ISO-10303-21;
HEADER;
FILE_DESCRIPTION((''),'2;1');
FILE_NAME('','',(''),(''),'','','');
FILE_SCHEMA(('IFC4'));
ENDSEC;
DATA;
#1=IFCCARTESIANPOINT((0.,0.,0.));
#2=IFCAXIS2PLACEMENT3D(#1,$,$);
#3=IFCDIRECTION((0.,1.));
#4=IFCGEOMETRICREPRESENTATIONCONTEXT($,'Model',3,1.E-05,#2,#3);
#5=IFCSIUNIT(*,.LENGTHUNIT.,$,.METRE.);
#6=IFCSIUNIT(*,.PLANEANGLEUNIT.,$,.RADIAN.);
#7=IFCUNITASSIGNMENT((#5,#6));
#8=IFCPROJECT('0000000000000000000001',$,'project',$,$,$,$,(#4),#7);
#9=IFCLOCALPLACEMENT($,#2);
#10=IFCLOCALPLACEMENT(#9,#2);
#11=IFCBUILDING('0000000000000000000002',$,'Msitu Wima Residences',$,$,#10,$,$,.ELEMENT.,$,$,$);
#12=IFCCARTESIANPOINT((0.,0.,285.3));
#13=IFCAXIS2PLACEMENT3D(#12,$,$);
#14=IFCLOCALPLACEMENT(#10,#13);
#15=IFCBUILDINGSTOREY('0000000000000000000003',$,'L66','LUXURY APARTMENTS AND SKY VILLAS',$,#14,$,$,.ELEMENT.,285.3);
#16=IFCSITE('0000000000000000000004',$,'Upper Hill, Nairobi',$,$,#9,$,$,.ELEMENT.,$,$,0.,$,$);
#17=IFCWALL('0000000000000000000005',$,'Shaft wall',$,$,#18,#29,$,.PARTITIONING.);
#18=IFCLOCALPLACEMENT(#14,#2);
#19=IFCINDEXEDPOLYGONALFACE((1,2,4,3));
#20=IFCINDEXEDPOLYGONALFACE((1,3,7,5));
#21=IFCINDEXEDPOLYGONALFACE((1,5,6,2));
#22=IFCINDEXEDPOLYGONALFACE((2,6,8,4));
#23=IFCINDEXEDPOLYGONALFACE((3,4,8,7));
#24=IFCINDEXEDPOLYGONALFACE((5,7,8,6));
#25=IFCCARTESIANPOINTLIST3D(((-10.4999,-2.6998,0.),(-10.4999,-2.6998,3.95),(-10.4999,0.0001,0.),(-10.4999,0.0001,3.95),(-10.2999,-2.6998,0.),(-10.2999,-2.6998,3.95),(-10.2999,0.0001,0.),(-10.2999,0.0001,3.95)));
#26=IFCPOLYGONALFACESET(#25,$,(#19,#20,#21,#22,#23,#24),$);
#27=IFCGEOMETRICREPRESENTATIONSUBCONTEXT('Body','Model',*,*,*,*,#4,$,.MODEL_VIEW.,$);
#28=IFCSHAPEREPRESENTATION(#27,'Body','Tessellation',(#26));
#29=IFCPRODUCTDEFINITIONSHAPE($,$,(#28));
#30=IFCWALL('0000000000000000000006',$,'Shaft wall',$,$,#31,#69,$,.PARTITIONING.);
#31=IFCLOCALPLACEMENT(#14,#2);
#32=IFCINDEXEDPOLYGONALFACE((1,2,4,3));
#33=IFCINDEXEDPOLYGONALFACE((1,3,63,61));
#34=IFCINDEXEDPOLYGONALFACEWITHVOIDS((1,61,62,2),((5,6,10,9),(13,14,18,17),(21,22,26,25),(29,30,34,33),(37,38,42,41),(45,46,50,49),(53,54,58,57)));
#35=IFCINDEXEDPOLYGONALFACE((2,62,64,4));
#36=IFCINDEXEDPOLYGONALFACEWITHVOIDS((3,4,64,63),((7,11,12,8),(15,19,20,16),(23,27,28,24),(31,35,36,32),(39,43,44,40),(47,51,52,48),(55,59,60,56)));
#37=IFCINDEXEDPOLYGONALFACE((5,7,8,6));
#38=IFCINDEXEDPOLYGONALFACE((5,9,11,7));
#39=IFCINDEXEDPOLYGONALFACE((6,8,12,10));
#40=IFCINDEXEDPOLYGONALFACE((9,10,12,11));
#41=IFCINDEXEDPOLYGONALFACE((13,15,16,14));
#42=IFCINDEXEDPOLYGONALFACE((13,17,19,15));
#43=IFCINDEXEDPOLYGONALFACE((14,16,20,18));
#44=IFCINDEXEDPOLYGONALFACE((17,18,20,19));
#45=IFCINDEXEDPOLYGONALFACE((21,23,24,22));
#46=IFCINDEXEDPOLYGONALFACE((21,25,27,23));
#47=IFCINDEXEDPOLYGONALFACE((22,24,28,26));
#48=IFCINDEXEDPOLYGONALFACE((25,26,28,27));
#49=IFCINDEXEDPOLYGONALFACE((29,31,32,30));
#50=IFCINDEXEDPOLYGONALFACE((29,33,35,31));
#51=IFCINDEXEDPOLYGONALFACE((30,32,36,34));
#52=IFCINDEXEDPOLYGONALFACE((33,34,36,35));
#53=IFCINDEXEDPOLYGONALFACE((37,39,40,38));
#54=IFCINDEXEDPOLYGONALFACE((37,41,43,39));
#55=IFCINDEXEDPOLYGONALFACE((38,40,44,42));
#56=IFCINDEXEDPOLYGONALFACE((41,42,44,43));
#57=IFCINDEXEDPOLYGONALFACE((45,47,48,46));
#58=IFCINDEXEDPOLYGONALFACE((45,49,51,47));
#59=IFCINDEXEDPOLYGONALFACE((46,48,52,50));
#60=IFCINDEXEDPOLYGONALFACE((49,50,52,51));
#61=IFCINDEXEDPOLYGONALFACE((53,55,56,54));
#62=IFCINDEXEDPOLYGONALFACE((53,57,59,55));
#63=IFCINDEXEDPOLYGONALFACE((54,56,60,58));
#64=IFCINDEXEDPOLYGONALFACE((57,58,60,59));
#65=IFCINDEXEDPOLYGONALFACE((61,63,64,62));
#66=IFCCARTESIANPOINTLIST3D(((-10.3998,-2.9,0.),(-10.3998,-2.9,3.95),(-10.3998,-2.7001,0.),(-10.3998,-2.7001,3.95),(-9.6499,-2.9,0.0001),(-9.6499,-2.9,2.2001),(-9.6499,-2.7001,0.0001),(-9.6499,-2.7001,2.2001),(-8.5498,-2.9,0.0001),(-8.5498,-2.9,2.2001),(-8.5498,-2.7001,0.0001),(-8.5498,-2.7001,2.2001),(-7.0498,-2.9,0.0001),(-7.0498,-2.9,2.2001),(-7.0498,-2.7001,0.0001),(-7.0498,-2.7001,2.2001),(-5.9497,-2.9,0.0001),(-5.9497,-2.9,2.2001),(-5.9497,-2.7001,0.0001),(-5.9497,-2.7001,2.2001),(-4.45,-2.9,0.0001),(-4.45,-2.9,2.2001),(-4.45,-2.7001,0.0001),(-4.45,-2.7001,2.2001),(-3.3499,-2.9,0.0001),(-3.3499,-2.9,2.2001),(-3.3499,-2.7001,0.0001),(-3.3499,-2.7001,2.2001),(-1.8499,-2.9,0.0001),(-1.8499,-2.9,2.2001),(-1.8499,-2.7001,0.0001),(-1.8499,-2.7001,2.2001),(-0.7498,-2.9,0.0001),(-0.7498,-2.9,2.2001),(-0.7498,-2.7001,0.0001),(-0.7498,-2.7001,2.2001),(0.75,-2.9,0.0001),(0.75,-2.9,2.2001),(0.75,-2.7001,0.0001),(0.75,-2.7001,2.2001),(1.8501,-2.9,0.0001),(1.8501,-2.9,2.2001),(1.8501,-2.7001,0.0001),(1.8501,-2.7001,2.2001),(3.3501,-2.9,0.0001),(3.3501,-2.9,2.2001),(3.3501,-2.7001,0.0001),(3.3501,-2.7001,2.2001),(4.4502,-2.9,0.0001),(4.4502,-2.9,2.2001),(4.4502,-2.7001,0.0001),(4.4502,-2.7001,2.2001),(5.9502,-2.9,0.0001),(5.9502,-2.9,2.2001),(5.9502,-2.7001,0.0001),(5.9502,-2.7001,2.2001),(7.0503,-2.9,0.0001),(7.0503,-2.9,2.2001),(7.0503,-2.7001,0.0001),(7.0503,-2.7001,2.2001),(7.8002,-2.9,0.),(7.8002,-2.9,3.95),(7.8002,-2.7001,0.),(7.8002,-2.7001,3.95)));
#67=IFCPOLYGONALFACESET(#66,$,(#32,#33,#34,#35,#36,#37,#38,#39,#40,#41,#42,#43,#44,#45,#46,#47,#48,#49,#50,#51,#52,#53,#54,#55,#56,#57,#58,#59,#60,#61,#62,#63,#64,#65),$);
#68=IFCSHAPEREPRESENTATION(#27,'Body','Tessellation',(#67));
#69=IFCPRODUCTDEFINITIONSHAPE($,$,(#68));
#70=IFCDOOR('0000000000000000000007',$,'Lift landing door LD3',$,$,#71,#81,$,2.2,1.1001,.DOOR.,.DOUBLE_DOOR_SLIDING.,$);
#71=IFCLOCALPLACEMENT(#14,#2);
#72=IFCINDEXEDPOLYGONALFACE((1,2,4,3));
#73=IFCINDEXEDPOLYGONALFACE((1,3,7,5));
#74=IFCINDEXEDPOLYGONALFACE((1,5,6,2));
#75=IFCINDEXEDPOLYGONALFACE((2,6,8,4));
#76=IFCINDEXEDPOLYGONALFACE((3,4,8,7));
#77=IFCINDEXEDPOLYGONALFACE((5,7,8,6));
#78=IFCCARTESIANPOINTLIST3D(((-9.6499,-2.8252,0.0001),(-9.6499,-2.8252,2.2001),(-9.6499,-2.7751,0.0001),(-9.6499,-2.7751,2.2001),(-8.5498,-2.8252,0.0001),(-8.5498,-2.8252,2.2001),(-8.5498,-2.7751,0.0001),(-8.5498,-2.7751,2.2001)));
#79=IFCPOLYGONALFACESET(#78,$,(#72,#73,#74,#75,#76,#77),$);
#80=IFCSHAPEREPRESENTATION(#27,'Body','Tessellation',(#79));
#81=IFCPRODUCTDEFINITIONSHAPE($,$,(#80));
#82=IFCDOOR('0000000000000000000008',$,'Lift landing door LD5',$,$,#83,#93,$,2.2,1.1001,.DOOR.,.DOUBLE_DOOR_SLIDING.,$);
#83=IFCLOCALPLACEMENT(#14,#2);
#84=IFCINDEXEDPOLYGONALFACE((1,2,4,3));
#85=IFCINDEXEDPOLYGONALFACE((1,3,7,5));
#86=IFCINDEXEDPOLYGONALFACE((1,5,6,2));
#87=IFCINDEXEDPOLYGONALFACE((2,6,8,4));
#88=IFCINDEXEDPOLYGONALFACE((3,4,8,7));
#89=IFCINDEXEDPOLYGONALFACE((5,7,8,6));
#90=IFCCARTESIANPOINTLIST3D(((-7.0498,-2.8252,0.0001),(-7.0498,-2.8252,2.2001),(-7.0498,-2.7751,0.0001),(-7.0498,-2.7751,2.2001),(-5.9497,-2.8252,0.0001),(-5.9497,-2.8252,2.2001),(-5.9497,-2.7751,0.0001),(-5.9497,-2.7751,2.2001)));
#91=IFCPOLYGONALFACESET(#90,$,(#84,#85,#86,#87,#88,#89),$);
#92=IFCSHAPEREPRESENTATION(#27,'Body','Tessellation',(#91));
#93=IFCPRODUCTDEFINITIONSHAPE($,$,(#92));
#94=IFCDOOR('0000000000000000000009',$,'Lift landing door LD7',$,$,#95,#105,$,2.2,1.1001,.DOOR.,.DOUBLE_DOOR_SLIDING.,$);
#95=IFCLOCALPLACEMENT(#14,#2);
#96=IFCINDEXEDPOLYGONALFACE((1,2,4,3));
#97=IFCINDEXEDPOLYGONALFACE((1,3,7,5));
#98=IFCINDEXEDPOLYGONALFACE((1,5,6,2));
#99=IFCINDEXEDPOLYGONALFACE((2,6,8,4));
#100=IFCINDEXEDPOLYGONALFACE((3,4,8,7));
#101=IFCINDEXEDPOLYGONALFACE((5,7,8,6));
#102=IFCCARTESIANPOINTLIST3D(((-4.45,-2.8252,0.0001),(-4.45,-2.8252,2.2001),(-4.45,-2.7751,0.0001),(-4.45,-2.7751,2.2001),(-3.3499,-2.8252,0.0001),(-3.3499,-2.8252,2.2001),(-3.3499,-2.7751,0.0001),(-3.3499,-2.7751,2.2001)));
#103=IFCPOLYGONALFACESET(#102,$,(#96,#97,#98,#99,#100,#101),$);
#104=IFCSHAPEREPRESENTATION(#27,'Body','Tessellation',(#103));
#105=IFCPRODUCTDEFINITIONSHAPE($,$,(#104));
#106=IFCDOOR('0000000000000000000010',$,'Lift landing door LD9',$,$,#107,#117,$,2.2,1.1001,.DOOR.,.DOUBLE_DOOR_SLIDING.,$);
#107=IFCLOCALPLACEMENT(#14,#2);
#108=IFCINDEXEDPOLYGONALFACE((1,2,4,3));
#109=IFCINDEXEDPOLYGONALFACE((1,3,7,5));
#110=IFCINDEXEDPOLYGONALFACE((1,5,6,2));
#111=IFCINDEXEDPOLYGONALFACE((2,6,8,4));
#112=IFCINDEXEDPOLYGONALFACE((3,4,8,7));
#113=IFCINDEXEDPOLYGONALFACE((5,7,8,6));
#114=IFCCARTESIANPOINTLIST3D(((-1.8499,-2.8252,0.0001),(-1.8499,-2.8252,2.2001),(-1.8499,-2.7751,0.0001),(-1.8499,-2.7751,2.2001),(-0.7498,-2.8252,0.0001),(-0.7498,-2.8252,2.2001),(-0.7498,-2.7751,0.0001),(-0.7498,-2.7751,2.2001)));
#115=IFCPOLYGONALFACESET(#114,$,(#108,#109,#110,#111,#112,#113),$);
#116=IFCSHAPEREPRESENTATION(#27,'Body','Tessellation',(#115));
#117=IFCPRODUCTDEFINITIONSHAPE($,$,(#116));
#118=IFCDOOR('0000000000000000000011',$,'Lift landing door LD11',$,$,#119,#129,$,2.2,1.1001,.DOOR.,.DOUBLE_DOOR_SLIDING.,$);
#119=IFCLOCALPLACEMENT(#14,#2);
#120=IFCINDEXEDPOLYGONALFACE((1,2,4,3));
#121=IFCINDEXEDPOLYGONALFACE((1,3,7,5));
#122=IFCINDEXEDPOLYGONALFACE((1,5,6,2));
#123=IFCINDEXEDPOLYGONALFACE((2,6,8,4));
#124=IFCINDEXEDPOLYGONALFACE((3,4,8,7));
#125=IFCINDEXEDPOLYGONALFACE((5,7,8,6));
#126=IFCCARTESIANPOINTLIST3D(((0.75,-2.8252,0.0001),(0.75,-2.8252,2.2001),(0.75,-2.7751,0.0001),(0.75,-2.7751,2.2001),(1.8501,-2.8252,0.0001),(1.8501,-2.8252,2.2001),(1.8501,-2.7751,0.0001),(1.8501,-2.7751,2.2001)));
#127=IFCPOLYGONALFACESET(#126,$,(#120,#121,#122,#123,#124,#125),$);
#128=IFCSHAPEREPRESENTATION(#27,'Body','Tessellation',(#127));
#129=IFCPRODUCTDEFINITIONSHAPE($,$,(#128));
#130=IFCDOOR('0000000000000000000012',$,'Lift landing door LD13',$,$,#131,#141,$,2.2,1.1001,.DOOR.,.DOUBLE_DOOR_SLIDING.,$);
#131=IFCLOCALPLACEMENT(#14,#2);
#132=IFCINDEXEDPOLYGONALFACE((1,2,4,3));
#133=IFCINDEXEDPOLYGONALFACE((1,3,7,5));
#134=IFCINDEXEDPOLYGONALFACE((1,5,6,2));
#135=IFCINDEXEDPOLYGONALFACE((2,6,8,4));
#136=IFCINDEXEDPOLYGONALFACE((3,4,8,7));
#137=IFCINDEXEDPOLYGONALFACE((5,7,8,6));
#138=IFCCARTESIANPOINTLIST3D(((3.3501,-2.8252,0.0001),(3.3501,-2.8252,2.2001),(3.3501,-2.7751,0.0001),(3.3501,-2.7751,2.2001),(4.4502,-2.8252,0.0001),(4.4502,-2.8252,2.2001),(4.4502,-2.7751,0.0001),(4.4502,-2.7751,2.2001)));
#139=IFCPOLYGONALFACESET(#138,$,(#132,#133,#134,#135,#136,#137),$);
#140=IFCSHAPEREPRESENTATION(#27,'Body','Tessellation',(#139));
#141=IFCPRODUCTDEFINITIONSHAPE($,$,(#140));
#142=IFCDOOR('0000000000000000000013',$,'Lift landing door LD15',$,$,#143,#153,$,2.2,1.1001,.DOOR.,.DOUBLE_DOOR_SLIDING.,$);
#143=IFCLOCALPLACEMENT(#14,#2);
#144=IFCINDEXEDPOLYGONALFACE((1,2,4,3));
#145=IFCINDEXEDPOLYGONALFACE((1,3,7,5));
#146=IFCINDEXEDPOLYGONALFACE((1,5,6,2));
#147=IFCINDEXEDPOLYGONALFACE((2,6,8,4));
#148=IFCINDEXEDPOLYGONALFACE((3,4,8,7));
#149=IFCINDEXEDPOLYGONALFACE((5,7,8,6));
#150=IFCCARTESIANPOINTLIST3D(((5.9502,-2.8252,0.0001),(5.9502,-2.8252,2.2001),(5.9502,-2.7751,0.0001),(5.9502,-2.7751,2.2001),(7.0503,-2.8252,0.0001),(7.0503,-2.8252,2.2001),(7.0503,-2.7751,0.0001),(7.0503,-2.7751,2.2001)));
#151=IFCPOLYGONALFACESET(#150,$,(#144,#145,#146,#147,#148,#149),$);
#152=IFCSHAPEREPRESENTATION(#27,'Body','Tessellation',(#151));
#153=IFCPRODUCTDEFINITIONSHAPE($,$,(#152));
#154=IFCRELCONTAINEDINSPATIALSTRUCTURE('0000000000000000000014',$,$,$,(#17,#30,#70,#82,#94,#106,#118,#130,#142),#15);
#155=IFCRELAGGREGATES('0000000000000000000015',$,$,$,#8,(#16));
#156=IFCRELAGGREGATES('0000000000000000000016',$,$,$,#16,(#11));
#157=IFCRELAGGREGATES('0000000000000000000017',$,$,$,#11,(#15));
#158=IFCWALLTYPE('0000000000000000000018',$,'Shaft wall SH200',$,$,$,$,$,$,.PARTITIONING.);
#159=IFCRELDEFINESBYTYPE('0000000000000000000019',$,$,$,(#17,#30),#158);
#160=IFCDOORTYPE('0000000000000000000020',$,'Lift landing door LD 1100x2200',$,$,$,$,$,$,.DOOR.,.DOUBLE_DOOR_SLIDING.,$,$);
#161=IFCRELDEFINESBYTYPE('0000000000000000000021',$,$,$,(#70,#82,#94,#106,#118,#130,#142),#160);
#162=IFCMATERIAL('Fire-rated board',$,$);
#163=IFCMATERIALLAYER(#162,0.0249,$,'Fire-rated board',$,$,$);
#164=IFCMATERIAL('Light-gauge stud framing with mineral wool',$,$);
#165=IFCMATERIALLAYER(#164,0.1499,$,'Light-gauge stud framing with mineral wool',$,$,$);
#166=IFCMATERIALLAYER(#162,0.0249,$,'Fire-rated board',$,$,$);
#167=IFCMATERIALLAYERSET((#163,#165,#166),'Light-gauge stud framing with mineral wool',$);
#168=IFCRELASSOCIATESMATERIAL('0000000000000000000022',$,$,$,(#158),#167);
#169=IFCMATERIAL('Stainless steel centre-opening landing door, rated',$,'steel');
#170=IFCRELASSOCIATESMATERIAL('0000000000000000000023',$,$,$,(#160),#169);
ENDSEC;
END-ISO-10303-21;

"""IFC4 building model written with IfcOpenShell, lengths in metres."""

from ifc_helpers import new_model, si_unit, direction, frame, frame_2d, origin, place, context, subcontext, project, spatial, rectangle, extrude, material, layer, layer_set, type_object, element, fill, save


model = new_model("IFC4")

# Units and contexts
model_context = context("Model", 3, precision=1e-05, world=origin(), true_north=direction((0.0, 1.0)))
body_context = subcontext(model_context, "Body", "Model", "MODEL_VIEW")
ifc_project = project(units=[si_unit("LENGTHUNIT", "METRE"), si_unit("PLANEANGLEUNIT", "RADIAN")], contexts=[model_context])

# Site, building, storey
site_placement = place(None, origin())
site = spatial("IfcSite", under=ifc_project, at=site_placement, Name="Upper Hill, Nairobi", CompositionType="ELEMENT", RefElevation=0.0)
building_placement = place(site_placement, origin())
building = spatial("IfcBuilding", under=site, at=building_placement, Name="Msitu Wima Residences", CompositionType="ELEMENT")
storey_placement = place(building_placement, frame((0.0, 0.0, 285.3)))
storey = spatial("IfcBuildingStorey", under=building, at=storey_placement, Name="L66", Description="LUXURY APARTMENTS AND SKY VILLAS", CompositionType="ELEMENT", Elevation=285.3)

# Wall
ifc_material_1 = material(Name="Fire-rated board")
ifc_layer_1 = layer(ifc_material_1, 0.0249, Name="Fire-rated board")
ifc_material_2 = material(Name="Light-gauge stud framing with mineral wool")
ifc_layer_2 = layer(ifc_material_2, 0.1499, Name="Light-gauge stud framing with mineral wool")
ifc_layer_3 = layer(ifc_material_1, 0.0249, Name="Fire-rated board")
ifc_layer_set = layer_set([ifc_layer_1, ifc_layer_2, ifc_layer_3], Name="Light-gauge stud framing with mineral wool")
wall_type = type_object("IfcWallType", Name="Shaft wall SH200", PredefinedType="PARTITIONING", material=ifc_layer_set)
wall_1_placement = place(storey_placement, frame((-10.3999, -2.7, 0.0), z_axis=(0.0, 0.0, 1.0), x_axis=(0.0, 1.0, 0.0)))
element("IfcWall", 1, at=wall_1_placement, inside=storey, type_object=wall_type, Name="Shaft wall", PredefinedType="PARTITIONING", context=body_context, shape_type="SweptSolid", body=[
    extrude(rectangle(XDim=2.7, YDim=0.2, at=frame_2d((1.3501, 0.0))), origin(), (0.0, 0.0, 1.0), 3.95),
])

# Wall, openings, doors
wall_2_placement = place(storey_placement, frame((-10.3999, -2.8, 0.0), z_axis=(0.0, 0.0, 1.0), x_axis=(1.0, 0.0, 0.0)))
wall_2 = element("IfcWall", 2, at=wall_2_placement, inside=storey, type_object=wall_type, Name="Shaft wall", PredefinedType="PARTITIONING", context=body_context, shape_type="SweptSolid", body=[
    extrude(rectangle(XDim=18.2, YDim=0.2, at=frame_2d((9.1001, 0.0))), origin(), (0.0, 0.0, 1.0), 3.95),
])
opening_1_placement = place(wall_2_placement, frame((0.75, 0.0, 0.0)))
opening_1 = element("IfcOpeningElement", 3, at=opening_1_placement, cuts=wall_2, PredefinedType="OPENING", context=body_context, shape_type="SweptSolid", body=[
    extrude(rectangle(XDim=1.1001, YDim=2.2, at=frame_2d((0.55, 1.1001))), frame((0.0, 0.1099, 0.0), z_axis=(0.0, -1.0, 0.0), x_axis=(1.0, 0.0, 0.0)), (0.0, 0.0, 1.0), 0.22),
])
opening_2_placement = place(wall_2_placement, frame((3.3501, 0.0, 0.0)))
opening_2 = element("IfcOpeningElement", 4, at=opening_2_placement, cuts=wall_2, PredefinedType="OPENING", context=body_context, shape_type="SweptSolid", body=[
    extrude(rectangle(XDim=1.1001, YDim=2.2, at=frame_2d((0.55, 1.1001))), frame((0.0, 0.1099, 0.0), z_axis=(0.0, -1.0, 0.0), x_axis=(1.0, 0.0, 0.0)), (0.0, 0.0, 1.0), 0.22),
])
opening_3_placement = place(wall_2_placement, frame((5.95, 0.0, 0.0)))
opening_3 = element("IfcOpeningElement", 5, at=opening_3_placement, cuts=wall_2, PredefinedType="OPENING", context=body_context, shape_type="SweptSolid", body=[
    extrude(rectangle(XDim=1.1001, YDim=2.2, at=frame_2d((0.55, 1.1001))), frame((0.0, 0.1099, 0.0), z_axis=(0.0, -1.0, 0.0), x_axis=(1.0, 0.0, 0.0)), (0.0, 0.0, 1.0), 0.22),
])
opening_4_placement = place(wall_2_placement, frame((8.55, 0.0, 0.0)))
opening_4 = element("IfcOpeningElement", 6, at=opening_4_placement, cuts=wall_2, PredefinedType="OPENING", context=body_context, shape_type="SweptSolid", body=[
    extrude(rectangle(XDim=1.1001, YDim=2.2, at=frame_2d((0.55, 1.1001))), frame((0.0, 0.1099, 0.0), z_axis=(0.0, -1.0, 0.0), x_axis=(1.0, 0.0, 0.0)), (0.0, 0.0, 1.0), 0.22),
])
opening_5_placement = place(wall_2_placement, frame((11.1499, 0.0, 0.0)))
opening_5 = element("IfcOpeningElement", 7, at=opening_5_placement, cuts=wall_2, PredefinedType="OPENING", context=body_context, shape_type="SweptSolid", body=[
    extrude(rectangle(XDim=1.1001, YDim=2.2, at=frame_2d((0.55, 1.1001))), frame((0.0, 0.1099, 0.0), z_axis=(0.0, -1.0, 0.0), x_axis=(1.0, 0.0, 0.0)), (0.0, 0.0, 1.0), 0.22),
])
opening_6_placement = place(wall_2_placement, frame((13.75, 0.0, 0.0)))
opening_6 = element("IfcOpeningElement", 8, at=opening_6_placement, cuts=wall_2, PredefinedType="OPENING", context=body_context, shape_type="SweptSolid", body=[
    extrude(rectangle(XDim=1.1001, YDim=2.2, at=frame_2d((0.55, 1.1001))), frame((0.0, 0.1099, 0.0), z_axis=(0.0, -1.0, 0.0), x_axis=(1.0, 0.0, 0.0)), (0.0, 0.0, 1.0), 0.22),
])
opening_7_placement = place(wall_2_placement, frame((16.3501, 0.0, 0.0)))
opening_7 = element("IfcOpeningElement", 9, at=opening_7_placement, cuts=wall_2, PredefinedType="OPENING", context=body_context, shape_type="SweptSolid", body=[
    extrude(rectangle(XDim=1.1001, YDim=2.2, at=frame_2d((0.55, 1.1001))), frame((0.0, 0.1099, 0.0), z_axis=(0.0, -1.0, 0.0), x_axis=(1.0, 0.0, 0.0)), (0.0, 0.0, 1.0), 0.22),
])
ifc_material_3 = material(Name="Stainless steel centre-opening landing door, rated", Category="steel")
door_type = type_object("IfcDoorType", Name="Lift landing door LD 1100x2200", OperationType="DOUBLE_DOOR_SLIDING", PredefinedType="DOOR", material=ifc_material_3)
door_1_placement = place(opening_1_placement, origin())
door_1 = element("IfcDoor", 10, at=door_1_placement, inside=storey, type_object=door_type, Name="Lift landing door LD3", OperationType="DOUBLE_DOOR_SLIDING", OverallHeight=2.2, OverallWidth=1.1001, PredefinedType="DOOR", context=body_context, shape_type="SweptSolid", body=[
    extrude(rectangle(XDim=1.1001, YDim=2.2, at=frame_2d((0.55, 1.1001))), frame((0.0, 0.0249, 0.0), z_axis=(0.0, -1.0, 0.0), x_axis=(1.0, 0.0, 0.0)), (0.0, 0.0, 1.0), 0.05),
])
fill(opening_1, door_1)
door_2_placement = place(opening_2_placement, origin())
door_2 = element("IfcDoor", 11, at=door_2_placement, inside=storey, type_object=door_type, Name="Lift landing door LD5", OperationType="DOUBLE_DOOR_SLIDING", OverallHeight=2.2, OverallWidth=1.1001, PredefinedType="DOOR", context=body_context, shape_type="SweptSolid", body=[
    extrude(rectangle(XDim=1.1001, YDim=2.2, at=frame_2d((0.55, 1.1001))), frame((0.0, 0.0249, 0.0), z_axis=(0.0, -1.0, 0.0), x_axis=(1.0, 0.0, 0.0)), (0.0, 0.0, 1.0), 0.05),
])
fill(opening_2, door_2)
door_3_placement = place(opening_3_placement, origin())
door_3 = element("IfcDoor", 12, at=door_3_placement, inside=storey, type_object=door_type, Name="Lift landing door LD7", OperationType="DOUBLE_DOOR_SLIDING", OverallHeight=2.2, OverallWidth=1.1001, PredefinedType="DOOR", context=body_context, shape_type="SweptSolid", body=[
    extrude(rectangle(XDim=1.1001, YDim=2.2, at=frame_2d((0.55, 1.1001))), frame((0.0, 0.0249, 0.0), z_axis=(0.0, -1.0, 0.0), x_axis=(1.0, 0.0, 0.0)), (0.0, 0.0, 1.0), 0.05),
])
fill(opening_3, door_3)
door_4_placement = place(opening_4_placement, origin())
door_4 = element("IfcDoor", 13, at=door_4_placement, inside=storey, type_object=door_type, Name="Lift landing door LD9", OperationType="DOUBLE_DOOR_SLIDING", OverallHeight=2.2, OverallWidth=1.1001, PredefinedType="DOOR", context=body_context, shape_type="SweptSolid", body=[
    extrude(rectangle(XDim=1.1001, YDim=2.2, at=frame_2d((0.55, 1.1001))), frame((0.0, 0.0249, 0.0), z_axis=(0.0, -1.0, 0.0), x_axis=(1.0, 0.0, 0.0)), (0.0, 0.0, 1.0), 0.05),
])
fill(opening_4, door_4)
door_5_placement = place(opening_5_placement, origin())
door_5 = element("IfcDoor", 14, at=door_5_placement, inside=storey, type_object=door_type, Name="Lift landing door LD11", OperationType="DOUBLE_DOOR_SLIDING", OverallHeight=2.2, OverallWidth=1.1001, PredefinedType="DOOR", context=body_context, shape_type="SweptSolid", body=[
    extrude(rectangle(XDim=1.1001, YDim=2.2, at=frame_2d((0.55, 1.1001))), frame((0.0, 0.0249, 0.0), z_axis=(0.0, -1.0, 0.0), x_axis=(1.0, 0.0, 0.0)), (0.0, 0.0, 1.0), 0.05),
])
fill(opening_5, door_5)
door_6_placement = place(opening_6_placement, origin())
door_6 = element("IfcDoor", 15, at=door_6_placement, inside=storey, type_object=door_type, Name="Lift landing door LD13", OperationType="DOUBLE_DOOR_SLIDING", OverallHeight=2.2, OverallWidth=1.1001, PredefinedType="DOOR", context=body_context, shape_type="SweptSolid", body=[
    extrude(rectangle(XDim=1.1001, YDim=2.2, at=frame_2d((0.55, 1.1001))), frame((0.0, 0.0249, 0.0), z_axis=(0.0, -1.0, 0.0), x_axis=(1.0, 0.0, 0.0)), (0.0, 0.0, 1.0), 0.05),
])
fill(opening_6, door_6)
door_7_placement = place(opening_7_placement, origin())
door_7 = element("IfcDoor", 16, at=door_7_placement, inside=storey, type_object=door_type, Name="Lift landing door LD15", OperationType="DOUBLE_DOOR_SLIDING", OverallHeight=2.2, OverallWidth=1.1001, PredefinedType="DOOR", context=body_context, shape_type="SweptSolid", body=[
    extrude(rectangle(XDim=1.1001, YDim=2.2, at=frame_2d((0.55, 1.1001))), frame((0.0, 0.0249, 0.0), z_axis=(0.0, -1.0, 0.0), x_axis=(1.0, 0.0, 0.0)), (0.0, 0.0, 1.0), 0.05),
])
fill(opening_7, door_7)

save(model, "model.ifc")
